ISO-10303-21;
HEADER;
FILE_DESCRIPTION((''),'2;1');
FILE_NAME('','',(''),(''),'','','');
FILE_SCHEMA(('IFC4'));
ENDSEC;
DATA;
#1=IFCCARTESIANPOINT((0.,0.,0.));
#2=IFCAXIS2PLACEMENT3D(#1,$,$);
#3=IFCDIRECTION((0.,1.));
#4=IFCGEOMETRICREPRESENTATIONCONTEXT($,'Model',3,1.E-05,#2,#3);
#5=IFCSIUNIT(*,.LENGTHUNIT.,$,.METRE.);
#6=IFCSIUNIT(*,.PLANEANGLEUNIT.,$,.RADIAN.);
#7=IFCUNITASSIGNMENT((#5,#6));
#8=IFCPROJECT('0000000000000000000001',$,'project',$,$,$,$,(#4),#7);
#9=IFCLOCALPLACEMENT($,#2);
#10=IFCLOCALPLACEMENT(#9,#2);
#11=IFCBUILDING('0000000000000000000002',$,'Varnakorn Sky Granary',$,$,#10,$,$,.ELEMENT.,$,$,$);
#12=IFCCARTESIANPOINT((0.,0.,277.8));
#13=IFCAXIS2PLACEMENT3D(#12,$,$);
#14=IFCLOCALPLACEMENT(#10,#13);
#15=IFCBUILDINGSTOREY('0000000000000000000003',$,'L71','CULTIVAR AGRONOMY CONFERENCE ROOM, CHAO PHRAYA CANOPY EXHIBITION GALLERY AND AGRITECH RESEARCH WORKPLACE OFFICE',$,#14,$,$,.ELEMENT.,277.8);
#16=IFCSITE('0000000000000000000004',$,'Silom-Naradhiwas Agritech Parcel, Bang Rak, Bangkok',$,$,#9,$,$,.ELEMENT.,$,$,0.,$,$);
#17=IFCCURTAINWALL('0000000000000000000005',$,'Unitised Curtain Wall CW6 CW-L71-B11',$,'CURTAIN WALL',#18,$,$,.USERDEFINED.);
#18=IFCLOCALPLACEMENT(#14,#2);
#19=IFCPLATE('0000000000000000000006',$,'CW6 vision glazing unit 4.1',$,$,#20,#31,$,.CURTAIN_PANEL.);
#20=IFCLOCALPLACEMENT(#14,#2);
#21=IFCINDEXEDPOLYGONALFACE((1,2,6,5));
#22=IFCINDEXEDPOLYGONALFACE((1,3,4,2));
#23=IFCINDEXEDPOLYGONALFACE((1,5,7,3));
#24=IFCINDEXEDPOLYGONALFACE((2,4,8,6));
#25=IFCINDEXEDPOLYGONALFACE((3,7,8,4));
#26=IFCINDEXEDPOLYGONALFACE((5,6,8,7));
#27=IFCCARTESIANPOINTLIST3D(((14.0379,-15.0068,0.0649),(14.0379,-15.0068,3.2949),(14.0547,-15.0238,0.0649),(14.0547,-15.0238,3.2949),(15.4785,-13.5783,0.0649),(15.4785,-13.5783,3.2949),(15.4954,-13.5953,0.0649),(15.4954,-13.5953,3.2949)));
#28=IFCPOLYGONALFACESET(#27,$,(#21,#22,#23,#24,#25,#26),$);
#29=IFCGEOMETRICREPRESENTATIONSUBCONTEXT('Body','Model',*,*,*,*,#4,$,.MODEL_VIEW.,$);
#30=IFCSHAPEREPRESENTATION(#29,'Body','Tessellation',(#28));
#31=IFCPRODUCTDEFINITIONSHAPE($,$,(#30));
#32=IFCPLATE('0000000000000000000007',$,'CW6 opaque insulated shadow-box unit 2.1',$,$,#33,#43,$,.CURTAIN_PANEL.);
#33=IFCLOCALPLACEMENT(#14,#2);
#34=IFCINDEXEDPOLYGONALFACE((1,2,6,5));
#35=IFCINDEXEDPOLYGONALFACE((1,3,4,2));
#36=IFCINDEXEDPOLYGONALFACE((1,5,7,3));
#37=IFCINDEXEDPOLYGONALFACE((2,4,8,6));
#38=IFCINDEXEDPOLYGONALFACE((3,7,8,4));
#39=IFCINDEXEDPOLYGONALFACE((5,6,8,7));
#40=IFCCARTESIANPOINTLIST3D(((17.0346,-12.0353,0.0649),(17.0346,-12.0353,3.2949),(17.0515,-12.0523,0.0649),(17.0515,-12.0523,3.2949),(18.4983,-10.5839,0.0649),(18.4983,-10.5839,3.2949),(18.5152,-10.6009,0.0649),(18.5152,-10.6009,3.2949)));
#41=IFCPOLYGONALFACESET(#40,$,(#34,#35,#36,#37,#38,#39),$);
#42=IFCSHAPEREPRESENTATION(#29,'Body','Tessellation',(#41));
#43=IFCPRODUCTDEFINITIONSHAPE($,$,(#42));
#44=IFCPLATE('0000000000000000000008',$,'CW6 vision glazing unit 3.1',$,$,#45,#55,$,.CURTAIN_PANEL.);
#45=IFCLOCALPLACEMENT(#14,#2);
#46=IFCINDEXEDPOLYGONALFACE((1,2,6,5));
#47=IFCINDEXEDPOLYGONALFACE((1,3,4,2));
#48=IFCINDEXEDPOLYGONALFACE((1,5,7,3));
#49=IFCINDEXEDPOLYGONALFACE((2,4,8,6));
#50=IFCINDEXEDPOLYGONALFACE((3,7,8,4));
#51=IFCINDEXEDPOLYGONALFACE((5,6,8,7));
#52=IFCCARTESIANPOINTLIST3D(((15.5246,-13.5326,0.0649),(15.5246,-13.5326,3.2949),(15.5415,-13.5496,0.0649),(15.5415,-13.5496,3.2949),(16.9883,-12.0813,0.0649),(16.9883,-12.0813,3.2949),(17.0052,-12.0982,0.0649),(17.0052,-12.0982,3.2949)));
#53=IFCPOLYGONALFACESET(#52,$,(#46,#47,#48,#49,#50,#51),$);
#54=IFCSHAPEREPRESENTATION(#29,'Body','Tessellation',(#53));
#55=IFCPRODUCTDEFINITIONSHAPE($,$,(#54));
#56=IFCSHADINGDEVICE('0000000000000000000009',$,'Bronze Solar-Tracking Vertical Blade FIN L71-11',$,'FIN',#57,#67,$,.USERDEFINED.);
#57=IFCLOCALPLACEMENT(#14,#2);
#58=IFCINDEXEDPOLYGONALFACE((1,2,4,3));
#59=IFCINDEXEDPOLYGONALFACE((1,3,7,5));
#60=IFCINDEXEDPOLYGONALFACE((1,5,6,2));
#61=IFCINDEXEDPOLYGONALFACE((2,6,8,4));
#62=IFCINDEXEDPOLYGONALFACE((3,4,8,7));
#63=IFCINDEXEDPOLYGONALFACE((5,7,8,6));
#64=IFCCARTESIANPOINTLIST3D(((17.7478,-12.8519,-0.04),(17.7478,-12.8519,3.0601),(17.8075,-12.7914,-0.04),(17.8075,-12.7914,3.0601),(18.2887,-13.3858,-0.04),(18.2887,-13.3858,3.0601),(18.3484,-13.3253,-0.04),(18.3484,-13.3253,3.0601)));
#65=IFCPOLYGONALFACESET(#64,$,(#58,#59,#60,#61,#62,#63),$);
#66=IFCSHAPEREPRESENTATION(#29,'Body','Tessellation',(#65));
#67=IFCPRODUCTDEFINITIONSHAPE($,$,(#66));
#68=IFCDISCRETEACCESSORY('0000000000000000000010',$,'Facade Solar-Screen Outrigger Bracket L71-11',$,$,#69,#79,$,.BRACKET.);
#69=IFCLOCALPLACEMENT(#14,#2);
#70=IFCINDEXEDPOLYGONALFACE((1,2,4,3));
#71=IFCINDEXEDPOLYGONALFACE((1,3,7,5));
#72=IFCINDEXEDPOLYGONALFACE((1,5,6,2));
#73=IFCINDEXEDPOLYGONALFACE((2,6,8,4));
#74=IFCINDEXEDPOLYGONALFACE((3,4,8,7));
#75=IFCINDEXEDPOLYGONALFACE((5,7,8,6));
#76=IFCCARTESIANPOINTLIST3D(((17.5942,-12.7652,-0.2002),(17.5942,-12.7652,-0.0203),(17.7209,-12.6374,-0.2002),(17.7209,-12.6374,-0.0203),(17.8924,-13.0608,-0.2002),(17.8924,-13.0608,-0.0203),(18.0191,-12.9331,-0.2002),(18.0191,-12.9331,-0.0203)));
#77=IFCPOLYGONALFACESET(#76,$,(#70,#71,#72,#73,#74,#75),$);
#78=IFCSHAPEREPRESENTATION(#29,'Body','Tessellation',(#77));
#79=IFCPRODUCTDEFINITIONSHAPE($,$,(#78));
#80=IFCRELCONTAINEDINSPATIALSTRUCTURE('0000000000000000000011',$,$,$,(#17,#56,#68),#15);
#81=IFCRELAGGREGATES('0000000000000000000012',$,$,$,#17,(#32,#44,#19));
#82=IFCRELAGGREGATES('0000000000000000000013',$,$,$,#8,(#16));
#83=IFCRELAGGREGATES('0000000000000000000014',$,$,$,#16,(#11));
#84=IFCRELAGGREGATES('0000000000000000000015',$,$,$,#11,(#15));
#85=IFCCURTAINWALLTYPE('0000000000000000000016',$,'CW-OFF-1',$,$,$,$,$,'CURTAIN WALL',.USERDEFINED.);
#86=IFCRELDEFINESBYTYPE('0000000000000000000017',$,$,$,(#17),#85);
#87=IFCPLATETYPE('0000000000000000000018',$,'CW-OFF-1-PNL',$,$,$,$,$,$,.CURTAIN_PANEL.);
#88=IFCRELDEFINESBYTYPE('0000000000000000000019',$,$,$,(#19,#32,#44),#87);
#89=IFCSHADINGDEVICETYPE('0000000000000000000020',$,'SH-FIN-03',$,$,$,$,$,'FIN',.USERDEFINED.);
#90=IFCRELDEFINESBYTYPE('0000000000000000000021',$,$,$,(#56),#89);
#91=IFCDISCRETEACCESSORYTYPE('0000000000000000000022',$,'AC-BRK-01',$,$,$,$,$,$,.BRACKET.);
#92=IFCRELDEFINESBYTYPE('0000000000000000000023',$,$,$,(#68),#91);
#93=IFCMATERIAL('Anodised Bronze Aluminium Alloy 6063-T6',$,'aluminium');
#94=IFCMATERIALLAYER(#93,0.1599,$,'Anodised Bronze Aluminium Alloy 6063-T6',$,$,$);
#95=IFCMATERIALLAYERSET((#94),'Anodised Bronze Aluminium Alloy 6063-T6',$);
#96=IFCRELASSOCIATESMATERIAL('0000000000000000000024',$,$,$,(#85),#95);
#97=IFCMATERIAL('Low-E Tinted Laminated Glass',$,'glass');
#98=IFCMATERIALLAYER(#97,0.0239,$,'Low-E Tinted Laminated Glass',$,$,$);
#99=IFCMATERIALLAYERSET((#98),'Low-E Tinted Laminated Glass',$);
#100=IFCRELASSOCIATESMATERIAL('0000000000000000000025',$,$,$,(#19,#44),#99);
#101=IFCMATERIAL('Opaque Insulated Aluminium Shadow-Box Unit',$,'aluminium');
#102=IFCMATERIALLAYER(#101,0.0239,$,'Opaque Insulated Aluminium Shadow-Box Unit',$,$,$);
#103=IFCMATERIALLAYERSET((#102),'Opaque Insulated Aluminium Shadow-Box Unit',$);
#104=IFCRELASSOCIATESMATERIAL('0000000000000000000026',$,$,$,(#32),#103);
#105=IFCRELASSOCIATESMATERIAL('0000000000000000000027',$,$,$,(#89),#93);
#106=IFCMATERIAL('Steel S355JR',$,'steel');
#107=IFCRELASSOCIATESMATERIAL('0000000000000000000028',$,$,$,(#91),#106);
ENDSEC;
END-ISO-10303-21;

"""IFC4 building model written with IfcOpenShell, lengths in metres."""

from ifc_helpers import new_model, si_unit, direction, frame, origin, origin_2d, place, context, subcontext, project, spatial, rectangle, extrude, source, transform, mapped, material, layer, layer_set, type_object, type_shapes, element, aggregate, save


model = new_model("IFC4")

# Units and contexts
model_context = context("Model", 3, precision=1e-05, world=origin(), true_north=direction((0.0, 1.0)))
body_context = subcontext(model_context, "Body", "Model", "MODEL_VIEW")
ifc_project = project(units=[si_unit("LENGTHUNIT", "METRE"), si_unit("PLANEANGLEUNIT", "RADIAN")], contexts=[model_context])

# Site, building, storey
site_placement = place(None, origin())
site = spatial("IfcSite", under=ifc_project, at=site_placement, Name="Silom-Naradhiwas Agritech Parcel, Bang Rak, Bangkok", CompositionType="ELEMENT", RefElevation=0.0)
building_placement = place(site_placement, origin())
building = spatial("IfcBuilding", under=site, at=building_placement, Name="Varnakorn Sky Granary", CompositionType="ELEMENT")
storey_placement = place(building_placement, frame((0.0, 0.0, 277.8)))
storey = spatial("IfcBuildingStorey", under=building, at=storey_placement, Name="L71", Description="CULTIVAR AGRONOMY CONFERENCE ROOM, CHAO PHRAYA CANOPY EXHIBITION GALLERY AND AGRITECH RESEARCH WORKPLACE OFFICE", CompositionType="ELEMENT", Elevation=277.8)

# Shared definitions
ifc_material_1 = material(Name="Steel S355JR", Category="steel")

# Shared definitions
ifc_material_2 = material(Name="Anodised Bronze Aluminium Alloy 6063-T6", Category="aluminium")
ifc_layer_1 = layer(ifc_material_2, 0.1599, Name="Anodised Bronze Aluminium Alloy 6063-T6")
ifc_layer_set_1 = layer_set([ifc_layer_1], Name="Anodised Bronze Aluminium Alloy 6063-T6")
curtain_wall_type = type_object("IfcCurtainWallType", Name="CW-OFF-1", ElementType="CURTAIN WALL", PredefinedType="USERDEFINED", material=ifc_layer_set_1)

# Curtain wall
curtain_wall_1_placement = place(storey_placement, origin())
curtain_wall_1 = element("IfcCurtainWall", 1, at=curtain_wall_1_placement, inside=storey, type_object=curtain_wall_type, Name="Unitised Curtain Wall CW6 CW-L71-B11", ObjectType="CURTAIN WALL", PredefinedType="USERDEFINED")

# Plates
ifc_material_3 = material(Name="Low-E Tinted Laminated Glass", Category="glass")
ifc_layer_2 = layer(ifc_material_3, 0.0239, Name="Low-E Tinted Laminated Glass")
ifc_layer_set_2 = layer_set([ifc_layer_2], Name="Low-E Tinted Laminated Glass")
plate_type = type_object("IfcPlateType", Name="CW-OFF-1-PNL", PredefinedType="CURTAIN_PANEL")
shared_shape_1 = source(origin(), body_context, "Body", "SweptSolid", [
    extrude(rectangle(XDim=2.0288, YDim=0.0239, at=origin_2d()), origin(), (0.0, 0.0, 1.0), 3.23),
])
plate_1_placement = place(storey_placement, frame((14.7666, -14.301, 0.0649), z_axis=(0.0, 0.0, 1.0), x_axis=(-0.710099, -0.704102, 0.0)))
plate_1 = element("IfcPlate", 2, at=plate_1_placement, type_object=plate_type, material=ifc_layer_set_2, Name="CW6 vision glazing unit 4.1", PredefinedType="CURTAIN_PANEL", context=body_context, shape_type="MappedRepresentation", body=[
    mapped(shared_shape_1, transform((0.0, 0.0, 0.0), x_axis=(1.0, 0.0, 0.0), y_axis=(0.0, 1.0, 0.0), z_axis=(0.0, 0.0, 1.0), scale=1.0)),
])
ifc_material_4 = material(Name="Opaque Insulated Aluminium Shadow-Box Unit", Category="aluminium")
ifc_layer_3 = layer(ifc_material_4, 0.0239, Name="Opaque Insulated Aluminium Shadow-Box Unit")
ifc_layer_set_3 = layer_set([ifc_layer_3], Name="Opaque Insulated Aluminium Shadow-Box Unit")
shared_shape_2 = source(origin(), body_context, "Body", "SweptSolid", [
    extrude(rectangle(XDim=2.0613, YDim=0.0239, at=origin_2d()), origin(), (0.0, 0.0, 1.0), 3.23),
])
type_shapes(plate_type, [shared_shape_1, shared_shape_2])
plate_2_placement = place(storey_placement, frame((17.7749, -11.3181, 0.0649), z_axis=(0.0, 0.0, 1.0), x_axis=(-0.710099, -0.704102, 0.0)))
plate_2 = element("IfcPlate", 3, at=plate_2_placement, type_object=plate_type, material=ifc_layer_set_3, Name="CW6 opaque insulated shadow-box unit 2.1", PredefinedType="CURTAIN_PANEL", context=body_context, shape_type="MappedRepresentation", body=[
    mapped(shared_shape_2, transform((0.0, 0.0, 0.0), x_axis=(1.0, 0.0, 0.0), y_axis=(0.0, 1.0, 0.0), z_axis=(0.0, 0.0, 1.0), scale=1.0)),
])
plate_3_placement = place(storey_placement, frame((16.2649, -12.8154, 0.0649), z_axis=(0.0, 0.0, 1.0), x_axis=(-0.710099, -0.704102, 0.0)))
plate_3 = element("IfcPlate", 4, at=plate_3_placement, type_object=plate_type, material=ifc_layer_set_2, Name="CW6 vision glazing unit 3.1", PredefinedType="CURTAIN_PANEL", context=body_context, shape_type="MappedRepresentation", body=[
    mapped(shared_shape_2, transform((0.0, 0.0, 0.0), x_axis=(1.0, 0.0, 0.0), y_axis=(0.0, 1.0, 0.0), z_axis=(0.0, 0.0, 1.0), scale=1.0)),
])
aggregate(curtain_wall_1, [plate_2, plate_3, plate_1])

# Shading device
shading_device_type = type_object("IfcShadingDeviceType", Name="SH-FIN-03", ElementType="FIN", PredefinedType="USERDEFINED", material=ifc_material_2)
shared_shape_3 = source(origin(), body_context, "Body", "SweptSolid", [
    extrude(rectangle(XDim=0.085, YDim=0.76, at=origin_2d()), origin(), (0.0, 0.0, 1.0), 3.1001),
])
type_shapes(shading_device_type, [shared_shape_3])
shading_device_placement = place(storey_placement, frame((18.0481, -13.0886, -0.04), z_axis=(0.0, 0.0, 1.0), x_axis=(0.702501, 0.711683, 0.0)))
element("IfcShadingDevice", 5, at=shading_device_placement, inside=storey, type_object=shading_device_type, Name="Bronze Solar-Tracking Vertical Blade FIN L71-11", ObjectType="FIN", PredefinedType="USERDEFINED", context=body_context, shape_type="MappedRepresentation", body=[
    mapped(shared_shape_3, transform((0.0, 0.0, 0.0), x_axis=(1.0, 0.0, 0.0), y_axis=(0.0, 1.0, 0.0), z_axis=(0.0, 0.0, 1.0), scale=1.0)),
])

# Discrete accessory
discrete_accessory_type = type_object("IfcDiscreteAccessoryType", Name="AC-BRK-01", PredefinedType="BRACKET", material=ifc_material_1)
shared_shape_4 = source(origin(), body_context, "Body", "SweptSolid", [
    extrude(rectangle(XDim=0.1799, YDim=0.4199, at=origin_2d()), origin(), (0.0, 0.0, 1.0), 0.1799),
])
type_shapes(discrete_accessory_type, [shared_shape_4])
discrete_accessory_placement = place(storey_placement, frame((17.8066, -12.8491, -0.2002), z_axis=(0.0, 0.0, 1.0), x_axis=(0.704155, 0.710046, 0.0)))
element("IfcDiscreteAccessory", 6, at=discrete_accessory_placement, inside=storey, type_object=discrete_accessory_type, Name="Facade Solar-Screen Outrigger Bracket L71-11", PredefinedType="BRACKET", context=body_context, shape_type="MappedRepresentation", body=[
    mapped(shared_shape_4, transform((0.0, 0.0, 0.0), x_axis=(1.0, 0.0, 0.0), y_axis=(0.0, 1.0, 0.0), z_axis=(0.0, 0.0, 1.0), scale=1.0)),
])

save(model, "model.ifc")
